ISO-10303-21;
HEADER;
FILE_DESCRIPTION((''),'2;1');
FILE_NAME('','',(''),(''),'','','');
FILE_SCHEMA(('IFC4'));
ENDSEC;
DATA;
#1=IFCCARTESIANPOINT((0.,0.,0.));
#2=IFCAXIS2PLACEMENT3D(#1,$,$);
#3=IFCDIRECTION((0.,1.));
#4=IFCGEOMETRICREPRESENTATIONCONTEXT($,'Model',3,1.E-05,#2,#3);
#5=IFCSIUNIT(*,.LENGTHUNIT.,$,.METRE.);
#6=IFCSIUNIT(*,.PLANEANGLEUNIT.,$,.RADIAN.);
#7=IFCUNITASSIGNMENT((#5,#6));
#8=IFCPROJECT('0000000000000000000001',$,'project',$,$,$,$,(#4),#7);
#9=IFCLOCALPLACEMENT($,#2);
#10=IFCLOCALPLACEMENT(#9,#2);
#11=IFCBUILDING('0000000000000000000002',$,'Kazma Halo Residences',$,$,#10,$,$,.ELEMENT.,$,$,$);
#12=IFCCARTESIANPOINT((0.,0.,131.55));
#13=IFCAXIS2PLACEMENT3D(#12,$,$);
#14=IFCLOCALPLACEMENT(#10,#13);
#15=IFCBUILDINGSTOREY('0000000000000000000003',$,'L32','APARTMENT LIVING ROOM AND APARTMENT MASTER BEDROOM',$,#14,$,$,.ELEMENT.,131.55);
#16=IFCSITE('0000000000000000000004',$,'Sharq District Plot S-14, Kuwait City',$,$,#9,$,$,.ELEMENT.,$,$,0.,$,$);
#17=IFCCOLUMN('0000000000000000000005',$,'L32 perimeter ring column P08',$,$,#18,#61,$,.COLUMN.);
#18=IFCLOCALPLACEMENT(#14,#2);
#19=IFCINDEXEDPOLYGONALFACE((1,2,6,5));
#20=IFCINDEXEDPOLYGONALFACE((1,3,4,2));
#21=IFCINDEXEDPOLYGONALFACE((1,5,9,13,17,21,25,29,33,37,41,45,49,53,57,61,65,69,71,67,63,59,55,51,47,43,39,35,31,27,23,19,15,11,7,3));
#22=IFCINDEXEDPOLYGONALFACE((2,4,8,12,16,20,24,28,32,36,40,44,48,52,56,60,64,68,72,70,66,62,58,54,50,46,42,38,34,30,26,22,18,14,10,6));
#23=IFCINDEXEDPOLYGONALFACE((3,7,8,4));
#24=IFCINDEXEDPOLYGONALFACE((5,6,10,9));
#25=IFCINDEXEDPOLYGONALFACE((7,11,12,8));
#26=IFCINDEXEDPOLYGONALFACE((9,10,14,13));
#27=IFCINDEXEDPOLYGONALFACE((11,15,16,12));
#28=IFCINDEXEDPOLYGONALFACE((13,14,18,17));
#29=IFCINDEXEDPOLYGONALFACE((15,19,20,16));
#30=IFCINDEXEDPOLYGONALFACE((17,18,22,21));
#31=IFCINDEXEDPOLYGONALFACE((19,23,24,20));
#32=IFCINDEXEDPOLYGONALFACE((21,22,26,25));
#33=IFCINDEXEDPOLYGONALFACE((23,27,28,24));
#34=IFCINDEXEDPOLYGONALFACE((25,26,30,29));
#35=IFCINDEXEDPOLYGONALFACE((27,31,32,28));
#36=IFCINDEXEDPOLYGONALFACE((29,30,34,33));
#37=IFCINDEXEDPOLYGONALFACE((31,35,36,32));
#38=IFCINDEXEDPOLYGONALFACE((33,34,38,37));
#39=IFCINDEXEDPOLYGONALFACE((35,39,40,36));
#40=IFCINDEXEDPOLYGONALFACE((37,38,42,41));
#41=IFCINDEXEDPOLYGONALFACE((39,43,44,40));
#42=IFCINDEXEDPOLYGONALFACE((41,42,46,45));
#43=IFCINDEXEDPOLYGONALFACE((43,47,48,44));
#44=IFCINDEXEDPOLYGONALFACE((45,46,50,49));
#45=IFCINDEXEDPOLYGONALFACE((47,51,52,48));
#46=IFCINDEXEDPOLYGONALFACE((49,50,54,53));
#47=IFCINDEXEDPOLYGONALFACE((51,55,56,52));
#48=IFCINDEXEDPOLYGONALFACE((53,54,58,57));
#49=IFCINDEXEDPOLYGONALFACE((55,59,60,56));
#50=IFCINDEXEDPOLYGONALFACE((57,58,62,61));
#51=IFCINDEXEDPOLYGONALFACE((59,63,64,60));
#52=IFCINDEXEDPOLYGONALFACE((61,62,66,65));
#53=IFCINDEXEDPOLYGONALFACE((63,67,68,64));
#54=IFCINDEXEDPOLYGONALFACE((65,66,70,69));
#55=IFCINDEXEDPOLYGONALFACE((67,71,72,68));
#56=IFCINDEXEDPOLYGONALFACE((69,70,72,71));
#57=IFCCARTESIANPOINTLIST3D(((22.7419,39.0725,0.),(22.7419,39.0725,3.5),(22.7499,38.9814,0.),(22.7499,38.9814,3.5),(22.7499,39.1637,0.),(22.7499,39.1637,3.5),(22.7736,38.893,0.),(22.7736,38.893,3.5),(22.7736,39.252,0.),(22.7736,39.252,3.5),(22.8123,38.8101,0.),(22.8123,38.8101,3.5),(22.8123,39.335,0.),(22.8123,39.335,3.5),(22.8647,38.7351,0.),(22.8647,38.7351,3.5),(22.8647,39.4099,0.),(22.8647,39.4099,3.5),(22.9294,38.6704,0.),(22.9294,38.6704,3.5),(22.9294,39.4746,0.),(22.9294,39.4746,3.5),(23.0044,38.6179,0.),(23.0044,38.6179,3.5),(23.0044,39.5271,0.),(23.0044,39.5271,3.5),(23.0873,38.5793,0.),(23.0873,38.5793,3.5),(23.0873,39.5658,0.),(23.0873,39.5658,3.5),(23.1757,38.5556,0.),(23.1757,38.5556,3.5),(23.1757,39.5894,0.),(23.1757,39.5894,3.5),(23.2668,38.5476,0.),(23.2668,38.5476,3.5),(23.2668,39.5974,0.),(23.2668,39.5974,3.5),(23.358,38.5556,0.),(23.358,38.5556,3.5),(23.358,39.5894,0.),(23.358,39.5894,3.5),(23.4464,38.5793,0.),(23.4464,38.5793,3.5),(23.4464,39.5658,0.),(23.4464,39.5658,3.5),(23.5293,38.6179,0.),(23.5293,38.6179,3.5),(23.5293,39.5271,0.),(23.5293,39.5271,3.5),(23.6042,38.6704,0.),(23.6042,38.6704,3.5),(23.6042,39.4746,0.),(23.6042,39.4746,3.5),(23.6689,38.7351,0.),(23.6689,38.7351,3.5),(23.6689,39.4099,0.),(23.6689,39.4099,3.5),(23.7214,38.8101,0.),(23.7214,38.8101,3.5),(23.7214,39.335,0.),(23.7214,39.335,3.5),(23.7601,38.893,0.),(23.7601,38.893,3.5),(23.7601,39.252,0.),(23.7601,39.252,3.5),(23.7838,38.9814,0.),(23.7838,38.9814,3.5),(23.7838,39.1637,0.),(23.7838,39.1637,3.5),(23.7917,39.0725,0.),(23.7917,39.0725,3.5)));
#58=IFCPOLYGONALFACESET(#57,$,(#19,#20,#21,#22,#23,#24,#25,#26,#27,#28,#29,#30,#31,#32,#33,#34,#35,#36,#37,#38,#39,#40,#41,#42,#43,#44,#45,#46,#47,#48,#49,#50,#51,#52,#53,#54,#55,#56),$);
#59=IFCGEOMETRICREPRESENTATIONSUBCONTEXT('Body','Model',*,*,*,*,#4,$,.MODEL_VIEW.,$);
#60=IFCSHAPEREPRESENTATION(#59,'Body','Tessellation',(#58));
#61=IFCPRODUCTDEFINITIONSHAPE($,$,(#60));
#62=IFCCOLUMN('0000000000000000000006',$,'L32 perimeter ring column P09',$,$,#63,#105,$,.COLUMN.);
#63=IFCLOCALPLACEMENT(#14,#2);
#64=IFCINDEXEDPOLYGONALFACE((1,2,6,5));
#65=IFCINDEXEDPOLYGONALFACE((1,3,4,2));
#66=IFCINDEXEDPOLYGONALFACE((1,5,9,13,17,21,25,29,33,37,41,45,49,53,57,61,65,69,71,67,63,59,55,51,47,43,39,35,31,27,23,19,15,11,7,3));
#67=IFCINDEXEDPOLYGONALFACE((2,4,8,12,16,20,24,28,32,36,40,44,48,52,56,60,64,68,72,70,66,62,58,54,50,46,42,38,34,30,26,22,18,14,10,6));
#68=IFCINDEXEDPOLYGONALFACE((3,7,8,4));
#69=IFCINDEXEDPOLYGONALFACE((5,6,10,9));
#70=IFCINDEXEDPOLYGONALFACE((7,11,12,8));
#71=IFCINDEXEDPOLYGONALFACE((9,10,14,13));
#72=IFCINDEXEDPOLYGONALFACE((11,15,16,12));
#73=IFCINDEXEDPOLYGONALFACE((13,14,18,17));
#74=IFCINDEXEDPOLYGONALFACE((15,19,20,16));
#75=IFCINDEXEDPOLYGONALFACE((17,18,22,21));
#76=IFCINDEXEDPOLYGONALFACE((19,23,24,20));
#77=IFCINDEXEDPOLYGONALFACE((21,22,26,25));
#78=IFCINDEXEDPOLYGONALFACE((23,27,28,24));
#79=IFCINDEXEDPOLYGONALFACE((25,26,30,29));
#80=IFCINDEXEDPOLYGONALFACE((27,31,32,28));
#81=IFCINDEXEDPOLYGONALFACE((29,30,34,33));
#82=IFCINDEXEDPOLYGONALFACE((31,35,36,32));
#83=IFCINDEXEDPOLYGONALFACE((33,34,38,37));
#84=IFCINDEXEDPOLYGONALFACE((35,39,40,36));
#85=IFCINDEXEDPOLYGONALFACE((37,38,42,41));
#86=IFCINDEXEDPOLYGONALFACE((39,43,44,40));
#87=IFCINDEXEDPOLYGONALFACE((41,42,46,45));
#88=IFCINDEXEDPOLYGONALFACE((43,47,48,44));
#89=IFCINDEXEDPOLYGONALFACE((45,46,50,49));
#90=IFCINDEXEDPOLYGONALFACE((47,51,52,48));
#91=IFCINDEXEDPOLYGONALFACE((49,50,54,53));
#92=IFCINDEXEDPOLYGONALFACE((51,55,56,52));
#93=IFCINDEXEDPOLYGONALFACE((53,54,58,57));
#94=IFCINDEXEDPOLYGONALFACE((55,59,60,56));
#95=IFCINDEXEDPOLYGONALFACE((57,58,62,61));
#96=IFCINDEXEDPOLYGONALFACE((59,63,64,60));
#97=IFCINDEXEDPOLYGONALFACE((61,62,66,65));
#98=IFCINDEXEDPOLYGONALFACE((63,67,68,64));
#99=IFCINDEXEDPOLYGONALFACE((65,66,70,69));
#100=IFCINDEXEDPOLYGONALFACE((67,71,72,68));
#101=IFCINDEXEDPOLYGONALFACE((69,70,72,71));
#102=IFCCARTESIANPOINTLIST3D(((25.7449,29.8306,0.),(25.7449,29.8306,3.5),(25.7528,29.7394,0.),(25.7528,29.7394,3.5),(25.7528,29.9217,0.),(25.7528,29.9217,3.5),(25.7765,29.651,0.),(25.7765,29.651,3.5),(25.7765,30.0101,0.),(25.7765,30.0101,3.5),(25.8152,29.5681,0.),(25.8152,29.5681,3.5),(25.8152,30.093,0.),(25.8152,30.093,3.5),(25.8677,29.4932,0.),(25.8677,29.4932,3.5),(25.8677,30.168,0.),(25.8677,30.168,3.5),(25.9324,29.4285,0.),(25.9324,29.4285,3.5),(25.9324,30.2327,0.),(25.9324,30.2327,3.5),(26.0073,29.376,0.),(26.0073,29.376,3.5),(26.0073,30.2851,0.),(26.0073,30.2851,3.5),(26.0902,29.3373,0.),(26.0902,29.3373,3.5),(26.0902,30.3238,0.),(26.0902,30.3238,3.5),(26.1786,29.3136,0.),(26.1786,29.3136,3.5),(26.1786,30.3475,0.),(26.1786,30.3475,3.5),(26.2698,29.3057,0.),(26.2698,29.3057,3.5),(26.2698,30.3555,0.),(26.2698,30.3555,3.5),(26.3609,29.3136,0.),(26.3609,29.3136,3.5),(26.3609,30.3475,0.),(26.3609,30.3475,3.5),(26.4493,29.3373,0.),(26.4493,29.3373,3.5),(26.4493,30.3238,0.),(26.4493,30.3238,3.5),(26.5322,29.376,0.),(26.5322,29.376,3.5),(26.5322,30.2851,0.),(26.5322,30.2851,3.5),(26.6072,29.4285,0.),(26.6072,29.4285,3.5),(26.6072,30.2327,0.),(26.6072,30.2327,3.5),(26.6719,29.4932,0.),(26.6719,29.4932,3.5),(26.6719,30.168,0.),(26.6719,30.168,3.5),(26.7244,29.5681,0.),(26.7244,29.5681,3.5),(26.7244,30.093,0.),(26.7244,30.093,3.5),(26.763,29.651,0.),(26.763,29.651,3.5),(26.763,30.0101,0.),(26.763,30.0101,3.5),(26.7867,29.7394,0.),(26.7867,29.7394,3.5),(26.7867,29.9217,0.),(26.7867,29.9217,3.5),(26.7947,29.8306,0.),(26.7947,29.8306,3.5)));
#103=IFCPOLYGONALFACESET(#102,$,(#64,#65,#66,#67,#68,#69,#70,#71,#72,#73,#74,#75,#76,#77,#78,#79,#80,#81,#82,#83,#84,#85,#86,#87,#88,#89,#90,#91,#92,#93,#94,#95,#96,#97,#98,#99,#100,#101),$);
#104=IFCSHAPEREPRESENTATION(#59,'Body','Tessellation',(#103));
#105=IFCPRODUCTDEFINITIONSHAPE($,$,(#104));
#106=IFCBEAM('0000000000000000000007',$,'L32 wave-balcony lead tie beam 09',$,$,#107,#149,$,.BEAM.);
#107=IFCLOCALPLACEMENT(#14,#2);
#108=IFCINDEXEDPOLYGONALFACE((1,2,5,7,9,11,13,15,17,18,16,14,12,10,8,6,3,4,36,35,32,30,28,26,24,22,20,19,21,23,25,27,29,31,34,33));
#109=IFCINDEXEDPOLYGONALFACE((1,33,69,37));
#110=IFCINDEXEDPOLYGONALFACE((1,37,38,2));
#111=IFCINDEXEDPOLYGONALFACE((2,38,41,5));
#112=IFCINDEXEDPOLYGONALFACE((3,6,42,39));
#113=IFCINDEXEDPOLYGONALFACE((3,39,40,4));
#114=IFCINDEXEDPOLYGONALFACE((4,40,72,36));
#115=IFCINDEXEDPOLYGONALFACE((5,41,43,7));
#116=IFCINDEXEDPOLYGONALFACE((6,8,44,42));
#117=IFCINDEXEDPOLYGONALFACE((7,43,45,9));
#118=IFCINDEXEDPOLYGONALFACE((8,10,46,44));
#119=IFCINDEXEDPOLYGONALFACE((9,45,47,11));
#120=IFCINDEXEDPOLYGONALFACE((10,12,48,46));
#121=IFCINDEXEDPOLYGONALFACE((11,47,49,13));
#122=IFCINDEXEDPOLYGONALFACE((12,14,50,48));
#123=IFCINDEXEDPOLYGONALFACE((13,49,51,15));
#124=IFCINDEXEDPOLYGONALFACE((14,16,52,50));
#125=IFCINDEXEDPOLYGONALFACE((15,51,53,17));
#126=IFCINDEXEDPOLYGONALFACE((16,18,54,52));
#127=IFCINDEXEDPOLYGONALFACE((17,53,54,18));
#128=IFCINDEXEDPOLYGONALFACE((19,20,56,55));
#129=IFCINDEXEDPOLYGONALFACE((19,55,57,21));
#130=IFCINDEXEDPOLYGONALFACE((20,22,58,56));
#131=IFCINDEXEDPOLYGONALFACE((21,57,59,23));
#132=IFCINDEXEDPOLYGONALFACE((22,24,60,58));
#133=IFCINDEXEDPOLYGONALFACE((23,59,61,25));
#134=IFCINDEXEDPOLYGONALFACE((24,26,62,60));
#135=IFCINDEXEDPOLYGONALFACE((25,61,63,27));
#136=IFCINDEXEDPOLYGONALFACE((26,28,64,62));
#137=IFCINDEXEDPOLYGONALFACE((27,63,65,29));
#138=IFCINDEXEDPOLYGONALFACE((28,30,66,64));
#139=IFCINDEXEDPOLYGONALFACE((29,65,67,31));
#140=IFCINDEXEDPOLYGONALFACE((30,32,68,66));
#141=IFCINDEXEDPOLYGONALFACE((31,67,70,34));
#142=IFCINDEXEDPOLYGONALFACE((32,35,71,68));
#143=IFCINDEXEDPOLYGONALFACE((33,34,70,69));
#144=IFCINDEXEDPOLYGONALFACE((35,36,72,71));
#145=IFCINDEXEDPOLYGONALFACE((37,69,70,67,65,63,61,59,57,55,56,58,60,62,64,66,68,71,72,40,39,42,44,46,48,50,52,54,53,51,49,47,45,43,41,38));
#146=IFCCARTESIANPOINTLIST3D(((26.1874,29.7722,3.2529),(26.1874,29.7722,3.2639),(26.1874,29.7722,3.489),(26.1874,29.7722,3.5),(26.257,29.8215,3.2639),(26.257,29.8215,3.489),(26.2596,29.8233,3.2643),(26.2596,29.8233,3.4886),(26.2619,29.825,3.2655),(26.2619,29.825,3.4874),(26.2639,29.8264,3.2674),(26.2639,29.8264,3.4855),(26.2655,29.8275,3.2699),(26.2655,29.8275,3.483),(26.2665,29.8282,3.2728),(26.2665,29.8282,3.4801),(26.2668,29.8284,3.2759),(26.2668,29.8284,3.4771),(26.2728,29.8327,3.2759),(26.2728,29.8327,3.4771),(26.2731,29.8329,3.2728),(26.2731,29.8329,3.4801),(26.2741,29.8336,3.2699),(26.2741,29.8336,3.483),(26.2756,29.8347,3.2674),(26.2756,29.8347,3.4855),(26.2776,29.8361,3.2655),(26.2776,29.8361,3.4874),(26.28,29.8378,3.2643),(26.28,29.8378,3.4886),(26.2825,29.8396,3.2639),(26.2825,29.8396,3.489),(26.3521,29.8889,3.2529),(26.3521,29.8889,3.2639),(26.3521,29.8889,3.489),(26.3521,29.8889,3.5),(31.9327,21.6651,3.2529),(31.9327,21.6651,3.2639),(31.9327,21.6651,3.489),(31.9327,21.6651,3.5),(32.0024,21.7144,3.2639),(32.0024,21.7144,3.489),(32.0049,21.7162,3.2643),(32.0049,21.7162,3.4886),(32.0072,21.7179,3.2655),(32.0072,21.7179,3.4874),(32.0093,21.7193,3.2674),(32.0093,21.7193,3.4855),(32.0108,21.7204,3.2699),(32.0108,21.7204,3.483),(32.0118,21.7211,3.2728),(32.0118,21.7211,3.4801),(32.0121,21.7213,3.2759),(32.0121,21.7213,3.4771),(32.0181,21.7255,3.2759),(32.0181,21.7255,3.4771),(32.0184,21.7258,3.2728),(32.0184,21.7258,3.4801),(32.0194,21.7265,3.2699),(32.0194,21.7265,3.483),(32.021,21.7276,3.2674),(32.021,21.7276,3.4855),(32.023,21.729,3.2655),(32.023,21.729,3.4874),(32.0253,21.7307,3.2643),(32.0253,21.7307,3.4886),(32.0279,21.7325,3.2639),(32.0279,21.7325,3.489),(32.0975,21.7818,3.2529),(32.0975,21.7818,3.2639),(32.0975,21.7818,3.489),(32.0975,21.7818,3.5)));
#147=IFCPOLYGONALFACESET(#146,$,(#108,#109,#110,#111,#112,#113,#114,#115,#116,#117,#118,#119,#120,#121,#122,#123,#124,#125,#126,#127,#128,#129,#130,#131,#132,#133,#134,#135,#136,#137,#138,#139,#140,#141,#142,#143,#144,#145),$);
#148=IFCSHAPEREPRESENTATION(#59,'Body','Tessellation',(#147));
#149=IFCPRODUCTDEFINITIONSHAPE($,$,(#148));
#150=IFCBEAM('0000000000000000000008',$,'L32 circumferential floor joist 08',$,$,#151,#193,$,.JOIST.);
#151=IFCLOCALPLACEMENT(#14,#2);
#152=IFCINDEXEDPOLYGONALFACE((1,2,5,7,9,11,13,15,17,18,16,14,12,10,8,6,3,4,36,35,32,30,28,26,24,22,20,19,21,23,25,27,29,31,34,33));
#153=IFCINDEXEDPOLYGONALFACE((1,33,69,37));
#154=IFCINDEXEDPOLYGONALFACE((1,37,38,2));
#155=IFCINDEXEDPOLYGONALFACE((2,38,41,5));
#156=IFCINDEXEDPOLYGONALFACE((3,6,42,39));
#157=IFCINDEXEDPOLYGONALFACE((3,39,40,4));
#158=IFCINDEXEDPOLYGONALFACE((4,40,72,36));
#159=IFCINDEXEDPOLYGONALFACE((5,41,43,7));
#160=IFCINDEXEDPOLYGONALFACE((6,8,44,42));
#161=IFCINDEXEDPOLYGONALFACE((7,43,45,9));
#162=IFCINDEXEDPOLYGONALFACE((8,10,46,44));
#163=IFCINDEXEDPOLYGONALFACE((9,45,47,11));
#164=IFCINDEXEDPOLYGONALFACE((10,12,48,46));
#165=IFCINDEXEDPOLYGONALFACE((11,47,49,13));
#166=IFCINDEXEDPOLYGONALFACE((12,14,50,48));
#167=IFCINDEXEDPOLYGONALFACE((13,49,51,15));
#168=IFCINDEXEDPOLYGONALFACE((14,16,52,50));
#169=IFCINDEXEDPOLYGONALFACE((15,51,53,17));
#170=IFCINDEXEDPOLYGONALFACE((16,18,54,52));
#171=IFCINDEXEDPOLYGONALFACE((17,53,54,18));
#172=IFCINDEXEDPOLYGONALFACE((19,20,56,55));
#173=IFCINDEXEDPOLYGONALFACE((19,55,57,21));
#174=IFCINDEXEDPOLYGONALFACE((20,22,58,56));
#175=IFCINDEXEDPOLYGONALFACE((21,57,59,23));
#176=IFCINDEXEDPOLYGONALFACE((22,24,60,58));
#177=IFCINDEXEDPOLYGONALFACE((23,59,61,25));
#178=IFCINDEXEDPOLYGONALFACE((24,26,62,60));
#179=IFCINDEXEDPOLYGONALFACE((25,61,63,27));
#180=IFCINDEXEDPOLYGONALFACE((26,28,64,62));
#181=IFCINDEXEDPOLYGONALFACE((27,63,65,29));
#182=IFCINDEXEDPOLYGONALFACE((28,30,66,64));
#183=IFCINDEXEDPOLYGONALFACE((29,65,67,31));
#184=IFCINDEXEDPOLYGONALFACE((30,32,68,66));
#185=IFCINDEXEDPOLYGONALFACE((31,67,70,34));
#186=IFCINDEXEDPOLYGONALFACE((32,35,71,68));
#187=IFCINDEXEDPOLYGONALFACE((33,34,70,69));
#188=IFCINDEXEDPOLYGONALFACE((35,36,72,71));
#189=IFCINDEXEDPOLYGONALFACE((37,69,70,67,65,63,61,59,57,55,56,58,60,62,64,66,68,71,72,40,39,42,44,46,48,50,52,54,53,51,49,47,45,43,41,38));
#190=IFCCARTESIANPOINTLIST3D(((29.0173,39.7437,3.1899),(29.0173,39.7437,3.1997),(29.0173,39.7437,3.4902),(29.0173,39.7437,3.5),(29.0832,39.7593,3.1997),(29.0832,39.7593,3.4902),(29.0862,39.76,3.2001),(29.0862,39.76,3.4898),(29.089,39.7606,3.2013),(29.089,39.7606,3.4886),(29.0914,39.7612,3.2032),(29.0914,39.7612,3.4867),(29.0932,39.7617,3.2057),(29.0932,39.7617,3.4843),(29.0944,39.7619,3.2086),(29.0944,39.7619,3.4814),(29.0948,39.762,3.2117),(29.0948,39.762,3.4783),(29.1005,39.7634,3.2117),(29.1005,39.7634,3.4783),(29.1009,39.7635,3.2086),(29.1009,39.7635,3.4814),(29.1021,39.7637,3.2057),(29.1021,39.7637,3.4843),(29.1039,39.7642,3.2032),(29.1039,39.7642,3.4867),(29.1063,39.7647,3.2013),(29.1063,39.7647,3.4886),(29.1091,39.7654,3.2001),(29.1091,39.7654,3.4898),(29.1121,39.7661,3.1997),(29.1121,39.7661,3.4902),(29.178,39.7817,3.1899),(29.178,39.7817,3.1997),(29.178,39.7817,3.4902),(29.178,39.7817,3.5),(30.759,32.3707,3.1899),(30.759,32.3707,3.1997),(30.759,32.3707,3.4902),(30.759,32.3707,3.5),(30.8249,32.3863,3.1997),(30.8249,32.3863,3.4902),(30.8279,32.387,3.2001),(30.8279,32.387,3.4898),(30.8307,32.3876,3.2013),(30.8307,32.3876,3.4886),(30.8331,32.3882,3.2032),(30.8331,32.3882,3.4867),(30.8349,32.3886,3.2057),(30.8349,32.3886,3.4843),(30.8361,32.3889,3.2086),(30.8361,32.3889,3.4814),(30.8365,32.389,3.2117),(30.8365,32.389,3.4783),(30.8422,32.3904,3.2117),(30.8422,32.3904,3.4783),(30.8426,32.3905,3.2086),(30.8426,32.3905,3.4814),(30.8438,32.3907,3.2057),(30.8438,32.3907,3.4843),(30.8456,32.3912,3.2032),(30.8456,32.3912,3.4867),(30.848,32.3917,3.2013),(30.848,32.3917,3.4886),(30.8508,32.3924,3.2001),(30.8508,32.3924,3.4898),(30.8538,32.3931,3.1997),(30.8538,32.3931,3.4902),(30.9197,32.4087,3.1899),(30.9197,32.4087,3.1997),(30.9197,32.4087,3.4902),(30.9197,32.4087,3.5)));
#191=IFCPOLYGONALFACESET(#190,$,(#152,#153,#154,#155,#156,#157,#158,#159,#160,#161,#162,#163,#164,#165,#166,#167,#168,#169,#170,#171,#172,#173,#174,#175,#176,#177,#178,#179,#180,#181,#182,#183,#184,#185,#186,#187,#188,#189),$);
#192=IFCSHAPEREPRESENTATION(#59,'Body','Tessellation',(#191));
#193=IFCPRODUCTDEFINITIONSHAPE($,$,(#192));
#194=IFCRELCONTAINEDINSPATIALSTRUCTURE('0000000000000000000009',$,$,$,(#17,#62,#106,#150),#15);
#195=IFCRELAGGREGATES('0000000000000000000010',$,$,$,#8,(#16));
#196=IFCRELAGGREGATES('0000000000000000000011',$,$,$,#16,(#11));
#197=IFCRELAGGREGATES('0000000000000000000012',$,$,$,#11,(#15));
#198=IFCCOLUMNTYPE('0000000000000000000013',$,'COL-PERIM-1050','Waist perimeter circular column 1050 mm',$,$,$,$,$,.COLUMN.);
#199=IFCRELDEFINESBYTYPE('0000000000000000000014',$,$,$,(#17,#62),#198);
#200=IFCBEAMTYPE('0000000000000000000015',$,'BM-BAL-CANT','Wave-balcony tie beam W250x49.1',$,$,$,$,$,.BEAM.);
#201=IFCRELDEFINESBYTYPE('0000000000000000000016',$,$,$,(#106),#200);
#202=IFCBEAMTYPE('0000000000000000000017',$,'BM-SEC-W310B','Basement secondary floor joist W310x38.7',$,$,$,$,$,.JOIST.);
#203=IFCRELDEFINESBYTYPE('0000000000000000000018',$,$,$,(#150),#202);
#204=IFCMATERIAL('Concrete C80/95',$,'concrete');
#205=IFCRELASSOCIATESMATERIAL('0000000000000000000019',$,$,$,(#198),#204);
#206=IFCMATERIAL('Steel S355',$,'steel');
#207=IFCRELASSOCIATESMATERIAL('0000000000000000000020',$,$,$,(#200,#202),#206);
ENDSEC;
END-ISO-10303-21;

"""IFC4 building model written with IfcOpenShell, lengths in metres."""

from ifc_helpers import new_model, si_unit, direction, frame, origin, origin_2d, place, context, subcontext, project, spatial, circle, i_section, extrude, material, material_profile, profile_set, type_object, element, save


model = new_model("IFC4")

# Units and contexts
model_context = context("Model", 3, precision=1e-05, world=origin(), true_north=direction((0.0, 1.0)))
body_context = subcontext(model_context, "Body", "Model", "MODEL_VIEW")
ifc_project = project(units=[si_unit("LENGTHUNIT", "METRE"), si_unit("PLANEANGLEUNIT", "RADIAN")], contexts=[model_context])

# Site, building, storey
site_placement = place(None, origin())
site = spatial("IfcSite", under=ifc_project, at=site_placement, Name="Sharq District Plot S-14, Kuwait City", CompositionType="ELEMENT", RefElevation=0.0)
building_placement = place(site_placement, origin())
building = spatial("IfcBuilding", under=site, at=building_placement, Name="Kazma Halo Residences", CompositionType="ELEMENT")
storey_placement = place(building_placement, frame((0.0, 0.0, 131.55)))
storey = spatial("IfcBuildingStorey", under=building, at=storey_placement, Name="L32", Description="APARTMENT LIVING ROOM AND APARTMENT MASTER BEDROOM", CompositionType="ELEMENT", Elevation=131.55)

# Columns
ifc_material_1 = material(Name="Concrete C80/95", Category="concrete")
ifc_material_profile_1 = material_profile(ifc_material_1, circle(Radius=0.5249, at=origin_2d()), Name="CIRC1050")
ifc_profile_set_1 = profile_set([ifc_material_profile_1], Name="Concrete C80/95")
column_type = type_object("IfcColumnType", Name="COL-PERIM-1050", Description="Waist perimeter circular column 1050 mm", PredefinedType="COLUMN", material=ifc_profile_set_1)
for number, where, z_axis, x_axis, name in (
    (1, (23.2668, 39.0725, 0.0), (0.0, 0.0, 1.0), (1.0, 0.0, 0.0), "L32 perimeter ring column P08"),
    (2, (26.2698, 29.8306, 0.0), (0.0, 0.0, 1.0), (1.0, 0.0, 0.0), "L32 perimeter ring column P09"),
):
    element("IfcColumn", number, at=place(storey_placement, frame(where, z_axis=z_axis, x_axis=x_axis)), inside=storey, type_object=column_type, Name=name, PredefinedType="COLUMN", context=body_context, shape_type="SweptSolid", body=[
        extrude(circle(Radius=0.5249, at=origin_2d()), origin(), (0.0, 0.0, 1.0), 3.5),
    ])

# Beams
ifc_material_2 = material(Name="Steel S355", Category="steel")
ifc_material_profile_2 = material_profile(ifc_material_2, i_section(OverallWidth=0.2019, OverallDepth=0.2471, WebThickness=0.0073, FlangeThickness=0.011, FilletRadius=0.012, at=origin_2d()), Name="W250x49.1")
ifc_profile_set_2 = profile_set([ifc_material_profile_2], Name="Steel S355")
beam_type_1 = type_object("IfcBeamType", Name="BM-BAL-CANT", Description="Wave-balcony tie beam W250x49.1", PredefinedType="BEAM", material=ifc_profile_set_2)
beam_1_placement = place(storey_placement, frame((26.2698, 29.8306, 3.3765), z_axis=(0.578203, -0.815893, 0.0), x_axis=(0.815893, 0.578203, 0.0)))
element("IfcBeam", 3, at=beam_1_placement, inside=storey, type_object=beam_type_1, Name="L32 wave-balcony lead tie beam 09", PredefinedType="BEAM", context=body_context, shape_type="SweptSolid", body=[
    extrude(i_section(OverallWidth=0.2019, OverallDepth=0.2471, WebThickness=0.0073, FlangeThickness=0.011, FilletRadius=0.012, at=origin_2d()), origin(), (0.0, 0.0, 1.0), 9.9365),
])
ifc_material_profile_3 = material_profile(ifc_material_2, i_section(OverallWidth=0.165, OverallDepth=0.3101, WebThickness=0.0059, FlangeThickness=0.0098, FilletRadius=0.012, at=origin_2d()), Name="W310x38.7")
ifc_profile_set_3 = profile_set([ifc_material_profile_3], Name="Steel S355")
beam_type_2 = type_object("IfcBeamType", Name="BM-SEC-W310B", Description="Basement secondary floor joist W310x38.7", PredefinedType="JOIST", material=ifc_profile_set_3)
beam_2_placement = place(storey_placement, frame((29.0977, 39.7627, 3.345), z_axis=(0.229898, -0.973215, 0.0), x_axis=(0.973215, 0.229898, 0.0)))
element("IfcBeam", 4, at=beam_2_placement, inside=storey, type_object=beam_type_2, Name="L32 circumferential floor joist 08", PredefinedType="JOIST", context=body_context, shape_type="SweptSolid", body=[
    extrude(i_section(OverallWidth=0.165, OverallDepth=0.3101, WebThickness=0.0059, FlangeThickness=0.0098, FilletRadius=0.012, at=origin_2d()), origin(), (0.0, 0.0, 1.0), 7.5759),
])

save(model, "model.ifc")
